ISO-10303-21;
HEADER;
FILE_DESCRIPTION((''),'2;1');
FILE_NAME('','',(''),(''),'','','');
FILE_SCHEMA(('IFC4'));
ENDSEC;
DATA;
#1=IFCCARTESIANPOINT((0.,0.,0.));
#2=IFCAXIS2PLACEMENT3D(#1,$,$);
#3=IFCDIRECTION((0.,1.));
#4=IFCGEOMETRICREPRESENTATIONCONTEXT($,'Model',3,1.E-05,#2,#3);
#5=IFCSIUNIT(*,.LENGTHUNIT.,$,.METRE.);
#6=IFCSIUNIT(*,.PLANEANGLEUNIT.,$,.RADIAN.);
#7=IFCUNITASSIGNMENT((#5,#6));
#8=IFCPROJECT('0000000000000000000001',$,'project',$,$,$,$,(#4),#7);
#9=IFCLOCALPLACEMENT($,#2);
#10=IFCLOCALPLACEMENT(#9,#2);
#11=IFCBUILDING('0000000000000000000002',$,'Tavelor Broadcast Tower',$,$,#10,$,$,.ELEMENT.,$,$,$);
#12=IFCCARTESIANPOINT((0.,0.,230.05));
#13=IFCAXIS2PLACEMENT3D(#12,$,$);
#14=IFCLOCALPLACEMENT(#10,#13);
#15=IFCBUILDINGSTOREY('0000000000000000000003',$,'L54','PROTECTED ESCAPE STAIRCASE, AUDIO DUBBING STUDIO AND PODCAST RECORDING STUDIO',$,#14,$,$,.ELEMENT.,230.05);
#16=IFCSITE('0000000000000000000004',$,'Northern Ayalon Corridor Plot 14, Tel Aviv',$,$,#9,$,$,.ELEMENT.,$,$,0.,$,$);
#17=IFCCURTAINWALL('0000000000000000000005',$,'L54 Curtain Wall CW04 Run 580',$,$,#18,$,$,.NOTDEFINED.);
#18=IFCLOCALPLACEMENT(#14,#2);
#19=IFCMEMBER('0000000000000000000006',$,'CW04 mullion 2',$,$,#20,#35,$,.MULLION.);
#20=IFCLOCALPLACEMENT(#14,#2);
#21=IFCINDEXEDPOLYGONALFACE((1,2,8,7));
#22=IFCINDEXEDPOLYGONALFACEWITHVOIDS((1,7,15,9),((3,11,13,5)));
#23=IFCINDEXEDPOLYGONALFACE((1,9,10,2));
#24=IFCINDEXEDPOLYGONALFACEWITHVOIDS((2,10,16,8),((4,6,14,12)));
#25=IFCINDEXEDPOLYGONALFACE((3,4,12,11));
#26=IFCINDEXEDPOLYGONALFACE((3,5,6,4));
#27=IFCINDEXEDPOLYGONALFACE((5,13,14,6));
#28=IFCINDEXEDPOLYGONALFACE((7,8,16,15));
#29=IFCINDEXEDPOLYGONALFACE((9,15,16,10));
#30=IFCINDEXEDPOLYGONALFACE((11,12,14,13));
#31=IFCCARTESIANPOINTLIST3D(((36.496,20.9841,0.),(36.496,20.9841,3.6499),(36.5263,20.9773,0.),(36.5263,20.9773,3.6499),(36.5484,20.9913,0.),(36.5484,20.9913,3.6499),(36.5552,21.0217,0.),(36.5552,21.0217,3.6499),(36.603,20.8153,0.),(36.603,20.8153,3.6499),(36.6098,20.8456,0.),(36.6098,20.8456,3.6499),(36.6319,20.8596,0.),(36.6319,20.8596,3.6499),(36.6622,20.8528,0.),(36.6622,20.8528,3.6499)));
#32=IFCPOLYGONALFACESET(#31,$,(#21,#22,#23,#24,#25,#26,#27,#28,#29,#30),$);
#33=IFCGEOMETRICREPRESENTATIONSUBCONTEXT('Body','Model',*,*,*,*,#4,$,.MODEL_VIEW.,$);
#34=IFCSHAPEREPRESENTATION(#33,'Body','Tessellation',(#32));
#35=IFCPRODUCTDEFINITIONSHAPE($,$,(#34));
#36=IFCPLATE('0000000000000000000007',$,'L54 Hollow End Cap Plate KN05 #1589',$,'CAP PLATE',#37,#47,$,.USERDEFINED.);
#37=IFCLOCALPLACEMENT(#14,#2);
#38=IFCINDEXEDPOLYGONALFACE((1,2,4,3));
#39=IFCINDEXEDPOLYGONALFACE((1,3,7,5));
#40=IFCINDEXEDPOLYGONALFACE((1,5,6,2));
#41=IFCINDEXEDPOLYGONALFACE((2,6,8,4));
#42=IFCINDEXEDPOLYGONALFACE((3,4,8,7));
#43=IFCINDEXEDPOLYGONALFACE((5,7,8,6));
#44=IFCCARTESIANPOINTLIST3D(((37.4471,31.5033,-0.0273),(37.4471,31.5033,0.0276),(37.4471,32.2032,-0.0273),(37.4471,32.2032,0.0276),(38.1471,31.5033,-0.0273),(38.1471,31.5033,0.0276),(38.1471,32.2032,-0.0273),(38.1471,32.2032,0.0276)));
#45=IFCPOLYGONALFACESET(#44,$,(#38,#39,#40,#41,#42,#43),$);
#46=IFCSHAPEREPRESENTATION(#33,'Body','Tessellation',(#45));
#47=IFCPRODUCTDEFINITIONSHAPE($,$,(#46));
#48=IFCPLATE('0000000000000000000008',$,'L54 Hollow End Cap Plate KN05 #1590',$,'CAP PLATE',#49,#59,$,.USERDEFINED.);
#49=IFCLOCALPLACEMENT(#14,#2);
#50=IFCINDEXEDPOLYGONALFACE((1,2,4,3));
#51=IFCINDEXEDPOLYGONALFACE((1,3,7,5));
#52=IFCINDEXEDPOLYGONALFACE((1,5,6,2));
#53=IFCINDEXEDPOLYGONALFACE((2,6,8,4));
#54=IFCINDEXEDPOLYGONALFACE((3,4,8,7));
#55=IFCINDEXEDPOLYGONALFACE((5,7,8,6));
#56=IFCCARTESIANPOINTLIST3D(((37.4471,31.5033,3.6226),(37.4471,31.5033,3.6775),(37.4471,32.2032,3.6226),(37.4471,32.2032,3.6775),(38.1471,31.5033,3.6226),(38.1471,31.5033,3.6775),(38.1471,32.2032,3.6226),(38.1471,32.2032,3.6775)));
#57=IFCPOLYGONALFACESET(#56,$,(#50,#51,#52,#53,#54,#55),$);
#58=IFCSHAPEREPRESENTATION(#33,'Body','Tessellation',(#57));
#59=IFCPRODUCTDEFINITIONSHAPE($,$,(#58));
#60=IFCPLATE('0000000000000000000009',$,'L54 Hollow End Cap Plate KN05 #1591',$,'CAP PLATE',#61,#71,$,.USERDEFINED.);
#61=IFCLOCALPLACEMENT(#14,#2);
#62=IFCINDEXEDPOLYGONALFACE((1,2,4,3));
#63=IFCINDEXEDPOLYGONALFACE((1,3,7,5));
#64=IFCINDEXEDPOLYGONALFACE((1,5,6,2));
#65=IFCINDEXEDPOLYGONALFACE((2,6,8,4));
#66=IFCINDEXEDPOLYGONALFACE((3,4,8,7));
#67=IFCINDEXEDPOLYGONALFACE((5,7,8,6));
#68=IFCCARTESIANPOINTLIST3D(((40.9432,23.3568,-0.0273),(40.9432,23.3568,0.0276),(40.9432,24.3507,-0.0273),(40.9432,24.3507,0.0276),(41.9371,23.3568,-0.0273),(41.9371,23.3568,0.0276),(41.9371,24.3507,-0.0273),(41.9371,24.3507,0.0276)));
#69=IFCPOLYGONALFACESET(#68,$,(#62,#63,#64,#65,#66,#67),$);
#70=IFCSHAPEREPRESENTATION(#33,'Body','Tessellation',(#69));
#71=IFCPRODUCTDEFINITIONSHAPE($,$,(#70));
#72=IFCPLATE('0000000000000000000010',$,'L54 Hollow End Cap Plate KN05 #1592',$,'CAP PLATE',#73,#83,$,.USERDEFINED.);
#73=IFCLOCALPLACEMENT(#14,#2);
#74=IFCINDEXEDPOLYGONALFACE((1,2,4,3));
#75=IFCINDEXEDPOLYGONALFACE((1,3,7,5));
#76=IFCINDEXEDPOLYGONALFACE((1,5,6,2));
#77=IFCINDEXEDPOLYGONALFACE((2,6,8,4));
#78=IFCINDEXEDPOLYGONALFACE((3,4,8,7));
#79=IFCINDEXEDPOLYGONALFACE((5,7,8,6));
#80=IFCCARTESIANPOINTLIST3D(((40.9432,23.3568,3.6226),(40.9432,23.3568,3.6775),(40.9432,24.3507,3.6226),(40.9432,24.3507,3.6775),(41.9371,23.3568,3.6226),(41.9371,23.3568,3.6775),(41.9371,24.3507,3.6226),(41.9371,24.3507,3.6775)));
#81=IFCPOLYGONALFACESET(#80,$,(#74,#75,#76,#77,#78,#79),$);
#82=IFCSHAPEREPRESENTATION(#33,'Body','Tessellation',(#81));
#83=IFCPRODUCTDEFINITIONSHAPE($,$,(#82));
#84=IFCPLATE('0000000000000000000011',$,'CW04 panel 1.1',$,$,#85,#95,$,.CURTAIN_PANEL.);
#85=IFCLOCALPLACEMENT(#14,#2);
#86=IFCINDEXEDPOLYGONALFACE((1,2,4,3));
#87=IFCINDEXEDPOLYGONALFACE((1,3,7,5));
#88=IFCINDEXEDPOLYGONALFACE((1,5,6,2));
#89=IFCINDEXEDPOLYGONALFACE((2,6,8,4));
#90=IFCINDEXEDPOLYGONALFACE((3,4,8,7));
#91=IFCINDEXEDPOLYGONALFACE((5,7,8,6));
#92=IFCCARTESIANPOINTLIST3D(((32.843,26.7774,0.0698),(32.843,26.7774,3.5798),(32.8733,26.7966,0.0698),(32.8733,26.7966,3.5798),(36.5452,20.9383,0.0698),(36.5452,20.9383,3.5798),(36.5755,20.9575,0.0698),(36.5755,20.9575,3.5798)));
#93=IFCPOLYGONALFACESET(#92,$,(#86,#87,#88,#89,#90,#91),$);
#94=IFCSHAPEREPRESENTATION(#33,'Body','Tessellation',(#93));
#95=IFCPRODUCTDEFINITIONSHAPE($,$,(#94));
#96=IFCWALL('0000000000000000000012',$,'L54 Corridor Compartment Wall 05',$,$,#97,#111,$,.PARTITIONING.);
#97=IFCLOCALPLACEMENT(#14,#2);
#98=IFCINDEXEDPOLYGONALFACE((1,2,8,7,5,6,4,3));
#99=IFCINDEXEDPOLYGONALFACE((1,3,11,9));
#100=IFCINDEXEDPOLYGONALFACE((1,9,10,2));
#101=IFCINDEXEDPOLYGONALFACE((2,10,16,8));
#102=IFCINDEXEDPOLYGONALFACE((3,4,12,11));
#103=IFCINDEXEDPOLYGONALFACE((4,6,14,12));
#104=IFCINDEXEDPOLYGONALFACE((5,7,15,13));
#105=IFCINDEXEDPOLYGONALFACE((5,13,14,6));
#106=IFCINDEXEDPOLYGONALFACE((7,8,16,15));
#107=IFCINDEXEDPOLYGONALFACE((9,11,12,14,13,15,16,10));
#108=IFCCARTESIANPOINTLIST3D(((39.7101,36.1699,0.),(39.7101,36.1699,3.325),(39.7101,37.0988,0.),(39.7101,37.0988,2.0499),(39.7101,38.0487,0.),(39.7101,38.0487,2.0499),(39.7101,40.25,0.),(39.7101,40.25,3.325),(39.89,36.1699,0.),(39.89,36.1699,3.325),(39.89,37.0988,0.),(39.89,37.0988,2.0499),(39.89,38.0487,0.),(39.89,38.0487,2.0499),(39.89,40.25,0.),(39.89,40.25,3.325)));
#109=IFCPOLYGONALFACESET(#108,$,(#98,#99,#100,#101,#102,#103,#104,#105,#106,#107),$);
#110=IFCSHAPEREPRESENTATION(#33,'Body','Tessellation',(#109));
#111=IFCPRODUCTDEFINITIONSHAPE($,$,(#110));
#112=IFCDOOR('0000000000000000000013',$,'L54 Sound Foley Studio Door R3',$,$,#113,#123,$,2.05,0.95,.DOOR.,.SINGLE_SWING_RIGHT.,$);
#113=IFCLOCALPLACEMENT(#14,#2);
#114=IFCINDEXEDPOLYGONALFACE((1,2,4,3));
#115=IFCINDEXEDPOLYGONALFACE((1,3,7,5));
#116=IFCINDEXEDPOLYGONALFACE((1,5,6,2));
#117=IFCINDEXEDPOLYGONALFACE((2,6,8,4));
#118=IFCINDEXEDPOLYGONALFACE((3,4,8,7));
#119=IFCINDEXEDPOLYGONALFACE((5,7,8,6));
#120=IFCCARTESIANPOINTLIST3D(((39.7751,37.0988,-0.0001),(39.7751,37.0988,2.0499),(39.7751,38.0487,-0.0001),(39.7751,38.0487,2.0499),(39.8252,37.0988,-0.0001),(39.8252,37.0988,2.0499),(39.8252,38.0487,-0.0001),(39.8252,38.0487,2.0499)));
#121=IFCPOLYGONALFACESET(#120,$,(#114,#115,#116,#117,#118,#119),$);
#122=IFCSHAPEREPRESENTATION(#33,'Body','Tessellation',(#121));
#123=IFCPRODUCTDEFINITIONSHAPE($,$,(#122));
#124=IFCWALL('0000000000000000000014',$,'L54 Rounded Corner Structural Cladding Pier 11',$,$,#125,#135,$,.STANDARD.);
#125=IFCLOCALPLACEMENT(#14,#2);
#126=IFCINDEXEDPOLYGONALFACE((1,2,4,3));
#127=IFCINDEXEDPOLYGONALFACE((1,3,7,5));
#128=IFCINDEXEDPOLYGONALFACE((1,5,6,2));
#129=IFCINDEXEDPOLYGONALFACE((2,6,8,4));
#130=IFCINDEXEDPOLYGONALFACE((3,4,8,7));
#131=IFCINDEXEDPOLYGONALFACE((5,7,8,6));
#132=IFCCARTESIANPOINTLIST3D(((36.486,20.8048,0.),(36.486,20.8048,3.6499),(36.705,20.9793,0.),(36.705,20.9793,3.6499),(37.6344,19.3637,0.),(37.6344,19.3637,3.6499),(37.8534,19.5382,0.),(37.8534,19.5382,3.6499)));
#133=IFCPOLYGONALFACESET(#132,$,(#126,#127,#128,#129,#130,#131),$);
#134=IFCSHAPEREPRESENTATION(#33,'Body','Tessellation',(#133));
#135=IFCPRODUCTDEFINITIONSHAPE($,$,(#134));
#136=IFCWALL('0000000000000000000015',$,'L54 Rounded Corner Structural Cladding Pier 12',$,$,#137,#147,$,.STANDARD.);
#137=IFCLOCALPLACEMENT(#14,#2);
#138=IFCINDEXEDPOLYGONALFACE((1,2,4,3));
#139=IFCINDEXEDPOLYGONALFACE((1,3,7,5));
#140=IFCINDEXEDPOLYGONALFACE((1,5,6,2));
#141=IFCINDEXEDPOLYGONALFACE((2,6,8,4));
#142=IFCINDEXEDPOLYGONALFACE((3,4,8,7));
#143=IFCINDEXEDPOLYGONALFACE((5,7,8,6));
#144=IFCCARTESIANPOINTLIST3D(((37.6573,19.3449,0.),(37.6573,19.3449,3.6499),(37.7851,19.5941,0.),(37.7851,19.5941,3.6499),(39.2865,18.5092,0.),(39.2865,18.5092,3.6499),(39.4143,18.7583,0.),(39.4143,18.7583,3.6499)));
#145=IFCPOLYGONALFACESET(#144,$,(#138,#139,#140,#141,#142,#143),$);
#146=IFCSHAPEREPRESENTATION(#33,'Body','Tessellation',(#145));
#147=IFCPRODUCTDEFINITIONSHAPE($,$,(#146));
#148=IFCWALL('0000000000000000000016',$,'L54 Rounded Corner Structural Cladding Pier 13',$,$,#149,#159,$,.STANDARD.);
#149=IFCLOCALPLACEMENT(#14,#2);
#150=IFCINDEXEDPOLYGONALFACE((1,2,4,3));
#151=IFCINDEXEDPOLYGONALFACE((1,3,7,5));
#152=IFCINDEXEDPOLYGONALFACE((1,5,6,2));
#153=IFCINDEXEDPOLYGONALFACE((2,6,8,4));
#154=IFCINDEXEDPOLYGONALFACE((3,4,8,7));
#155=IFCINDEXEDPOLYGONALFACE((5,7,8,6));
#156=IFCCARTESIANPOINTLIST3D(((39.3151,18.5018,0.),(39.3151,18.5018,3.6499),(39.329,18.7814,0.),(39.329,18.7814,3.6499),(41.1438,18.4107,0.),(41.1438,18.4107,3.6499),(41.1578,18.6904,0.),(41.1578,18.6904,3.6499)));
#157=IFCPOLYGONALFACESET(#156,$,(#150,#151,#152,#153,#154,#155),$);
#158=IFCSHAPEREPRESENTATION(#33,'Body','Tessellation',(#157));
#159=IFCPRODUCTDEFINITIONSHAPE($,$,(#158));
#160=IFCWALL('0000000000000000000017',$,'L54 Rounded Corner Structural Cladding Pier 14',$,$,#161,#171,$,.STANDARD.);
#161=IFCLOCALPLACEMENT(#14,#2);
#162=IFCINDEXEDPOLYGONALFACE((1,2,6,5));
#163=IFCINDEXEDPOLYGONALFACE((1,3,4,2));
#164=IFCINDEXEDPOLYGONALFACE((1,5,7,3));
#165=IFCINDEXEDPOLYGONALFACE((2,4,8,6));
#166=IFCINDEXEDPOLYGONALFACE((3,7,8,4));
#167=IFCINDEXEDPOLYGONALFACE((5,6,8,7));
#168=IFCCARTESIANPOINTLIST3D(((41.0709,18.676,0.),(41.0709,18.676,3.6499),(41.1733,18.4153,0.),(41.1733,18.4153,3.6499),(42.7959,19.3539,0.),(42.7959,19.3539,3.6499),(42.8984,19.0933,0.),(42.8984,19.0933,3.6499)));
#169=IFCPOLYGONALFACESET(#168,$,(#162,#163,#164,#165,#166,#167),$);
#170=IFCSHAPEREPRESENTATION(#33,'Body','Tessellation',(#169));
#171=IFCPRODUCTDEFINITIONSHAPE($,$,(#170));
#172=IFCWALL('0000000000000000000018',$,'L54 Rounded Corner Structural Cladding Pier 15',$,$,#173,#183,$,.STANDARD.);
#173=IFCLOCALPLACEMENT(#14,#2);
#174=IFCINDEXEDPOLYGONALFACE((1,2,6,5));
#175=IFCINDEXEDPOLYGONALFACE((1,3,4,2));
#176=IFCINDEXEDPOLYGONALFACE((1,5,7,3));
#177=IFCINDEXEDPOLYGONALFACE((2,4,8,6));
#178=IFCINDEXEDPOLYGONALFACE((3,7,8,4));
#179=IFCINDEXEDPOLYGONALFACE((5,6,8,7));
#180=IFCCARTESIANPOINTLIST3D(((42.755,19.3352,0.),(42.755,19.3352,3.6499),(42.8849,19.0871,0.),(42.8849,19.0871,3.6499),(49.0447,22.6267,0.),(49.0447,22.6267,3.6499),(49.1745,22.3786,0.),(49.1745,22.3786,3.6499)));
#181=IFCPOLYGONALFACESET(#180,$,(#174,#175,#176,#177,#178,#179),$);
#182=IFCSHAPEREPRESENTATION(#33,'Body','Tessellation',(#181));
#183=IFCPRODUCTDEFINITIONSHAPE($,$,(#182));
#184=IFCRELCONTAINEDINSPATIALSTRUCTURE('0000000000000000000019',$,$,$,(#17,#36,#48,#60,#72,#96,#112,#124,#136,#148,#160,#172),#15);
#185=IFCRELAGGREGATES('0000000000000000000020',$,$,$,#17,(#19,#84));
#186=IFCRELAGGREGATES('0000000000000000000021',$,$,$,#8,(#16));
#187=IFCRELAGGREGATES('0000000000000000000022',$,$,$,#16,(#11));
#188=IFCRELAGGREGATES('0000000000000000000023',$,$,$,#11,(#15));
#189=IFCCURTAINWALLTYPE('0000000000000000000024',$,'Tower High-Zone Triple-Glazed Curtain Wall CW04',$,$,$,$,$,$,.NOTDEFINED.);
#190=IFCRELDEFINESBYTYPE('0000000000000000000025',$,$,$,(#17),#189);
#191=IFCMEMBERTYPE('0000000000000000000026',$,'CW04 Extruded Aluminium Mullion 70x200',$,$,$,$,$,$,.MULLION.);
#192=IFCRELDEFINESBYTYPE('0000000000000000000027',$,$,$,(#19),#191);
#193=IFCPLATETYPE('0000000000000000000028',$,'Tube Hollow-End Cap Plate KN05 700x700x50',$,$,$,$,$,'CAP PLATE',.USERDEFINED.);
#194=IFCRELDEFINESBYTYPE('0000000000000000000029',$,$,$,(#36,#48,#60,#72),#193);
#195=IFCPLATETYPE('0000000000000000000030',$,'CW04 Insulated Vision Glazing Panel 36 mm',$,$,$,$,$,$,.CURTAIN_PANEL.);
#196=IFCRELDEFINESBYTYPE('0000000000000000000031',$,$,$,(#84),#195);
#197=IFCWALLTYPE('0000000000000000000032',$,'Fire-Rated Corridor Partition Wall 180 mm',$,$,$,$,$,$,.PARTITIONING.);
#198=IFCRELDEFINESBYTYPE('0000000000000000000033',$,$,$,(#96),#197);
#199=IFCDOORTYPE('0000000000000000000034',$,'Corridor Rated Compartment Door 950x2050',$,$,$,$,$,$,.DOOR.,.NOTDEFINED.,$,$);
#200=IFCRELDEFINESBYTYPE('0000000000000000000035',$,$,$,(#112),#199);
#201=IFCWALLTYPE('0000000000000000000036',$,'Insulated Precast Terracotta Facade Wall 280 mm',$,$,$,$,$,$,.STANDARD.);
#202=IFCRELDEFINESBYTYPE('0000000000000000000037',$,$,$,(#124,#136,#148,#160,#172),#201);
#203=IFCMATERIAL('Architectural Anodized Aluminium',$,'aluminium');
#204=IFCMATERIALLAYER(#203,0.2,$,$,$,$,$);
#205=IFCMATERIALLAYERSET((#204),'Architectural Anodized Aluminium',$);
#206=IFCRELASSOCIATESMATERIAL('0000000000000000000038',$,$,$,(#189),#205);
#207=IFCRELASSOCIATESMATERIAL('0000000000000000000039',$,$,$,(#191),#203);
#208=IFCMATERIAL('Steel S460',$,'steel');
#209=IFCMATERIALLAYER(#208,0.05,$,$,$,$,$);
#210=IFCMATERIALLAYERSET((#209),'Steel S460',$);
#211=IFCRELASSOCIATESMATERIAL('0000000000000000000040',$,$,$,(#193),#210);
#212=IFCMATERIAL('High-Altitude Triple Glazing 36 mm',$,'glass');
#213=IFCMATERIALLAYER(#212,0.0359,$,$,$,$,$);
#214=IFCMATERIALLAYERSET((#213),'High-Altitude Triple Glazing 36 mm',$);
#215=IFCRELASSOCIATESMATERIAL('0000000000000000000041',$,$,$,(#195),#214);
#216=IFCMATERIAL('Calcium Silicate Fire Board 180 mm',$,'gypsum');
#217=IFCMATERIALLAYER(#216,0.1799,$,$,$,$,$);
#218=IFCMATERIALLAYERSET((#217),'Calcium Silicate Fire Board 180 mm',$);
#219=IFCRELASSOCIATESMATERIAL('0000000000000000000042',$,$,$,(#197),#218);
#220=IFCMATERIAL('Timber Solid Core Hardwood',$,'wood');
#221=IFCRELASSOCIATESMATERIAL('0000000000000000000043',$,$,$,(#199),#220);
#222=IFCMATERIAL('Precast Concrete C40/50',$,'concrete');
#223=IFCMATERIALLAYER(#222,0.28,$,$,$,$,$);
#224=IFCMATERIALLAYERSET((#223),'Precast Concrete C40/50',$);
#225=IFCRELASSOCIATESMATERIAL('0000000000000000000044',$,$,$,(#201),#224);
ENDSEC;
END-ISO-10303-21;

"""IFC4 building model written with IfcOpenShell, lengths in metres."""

from ifc_helpers import new_model, si_unit, direction, frame, frame_2d, origin, origin_2d, place, context, subcontext, project, spatial, rectangle, hollow_rectangle, extrude, source, transform, mapped, material, layer, layer_set, material_profile, profile_set, type_object, type_shapes, element, fill, aggregate, save


model = new_model("IFC4")

# Units and contexts
model_context = context("Model", 3, precision=1e-05, world=origin(), true_north=direction((0.0, 1.0)))
body_context = subcontext(model_context, "Body", "Model", "MODEL_VIEW")
ifc_project = project(units=[si_unit("LENGTHUNIT", "METRE"), si_unit("PLANEANGLEUNIT", "RADIAN")], contexts=[model_context])

# Site, building, storey
site_placement = place(None, origin())
site = spatial("IfcSite", under=ifc_project, at=site_placement, Name="Northern Ayalon Corridor Plot 14, Tel Aviv", CompositionType="ELEMENT", RefElevation=0.0)
building_placement = place(site_placement, origin())
building = spatial("IfcBuilding", under=site, at=building_placement, Name="Tavelor Broadcast Tower", CompositionType="ELEMENT")
storey_placement = place(building_placement, frame((0.0, 0.0, 230.05)))
storey = spatial("IfcBuildingStorey", under=building, at=storey_placement, Name="L54", Description="PROTECTED ESCAPE STAIRCASE, AUDIO DUBBING STUDIO AND PODCAST RECORDING STUDIO", CompositionType="ELEMENT", Elevation=230.05)

# Shared definitions
ifc_material_1 = material(Name="Steel S460", Category="steel")

# Curtain wall, member
ifc_material_2 = material(Name="Architectural Anodized Aluminium", Category="aluminium")
ifc_layer_1 = layer(ifc_material_2, 0.2)
ifc_layer_set_1 = layer_set([ifc_layer_1], Name="Architectural Anodized Aluminium")
curtain_wall_type = type_object("IfcCurtainWallType", Name="Tower High-Zone Triple-Glazed Curtain Wall CW04", PredefinedType="NOTDEFINED", material=ifc_layer_set_1)
curtain_wall_placement = place(storey_placement, origin())
curtain_wall = element("IfcCurtainWall", 1, at=curtain_wall_placement, inside=storey, type_object=curtain_wall_type, Name="L54 Curtain Wall CW04 Run 580", PredefinedType="NOTDEFINED")
ifc_material_profile_1 = material_profile(ifc_material_2, hollow_rectangle(XDim=0.0701, YDim=0.2, WallThickness=0.022, at=origin_2d()), Name="RHS 70x200x22")
ifc_profile_set_1 = profile_set([ifc_material_profile_1], Name="Architectural Anodized Aluminium")
member_type = type_object("IfcMemberType", Name="CW04 Extruded Aluminium Mullion 70x200", PredefinedType="MULLION", material=ifc_profile_set_1)
shared_shape_1 = source(origin(), body_context, "Body", "SweptSolid", [
    extrude(hollow_rectangle(XDim=0.0701, YDim=0.2, WallThickness=0.022, at=origin_2d()), origin(), (0.0, 0.0, 1.0), 3.6499),
])
type_shapes(member_type, [shared_shape_1])
member_placement = place(storey_placement, frame((36.5791, 20.9185, 0.0), z_axis=(0.0, 0.0, 1.0), x_axis=(0.844551, 0.535475, 0.0)))
member = element("IfcMember", 2, at=member_placement, type_object=member_type, Name="CW04 mullion 2", PredefinedType="MULLION", context=body_context, shape_type="MappedRepresentation", body=[
    mapped(shared_shape_1, transform((0.0, 0.0, 0.0), scale=1.0)),
])

# Plates
ifc_layer_2 = layer(ifc_material_1, 0.05)
ifc_layer_set_2 = layer_set([ifc_layer_2], Name="Steel S460")
plate_type_1 = type_object("IfcPlateType", Name="Tube Hollow-End Cap Plate KN05 700x700x50", ElementType="CAP PLATE", PredefinedType="USERDEFINED", material=ifc_layer_set_2)
shared_shape_2 = source(origin(), body_context, "Body", "SweptSolid", [
    extrude(rectangle(XDim=0.7, YDim=0.7, at=origin_2d()), origin(), (0.0, 0.0, 1.0), 0.0549),
])
for number, where, z_axis, x_axis, name in (
    (3, (37.7971, 31.8533, -0.0273), (0.0, 0.0, 1.0), (1.0, 0.0, 0.0), "L54 Hollow End Cap Plate KN05 #1589"),
    (4, (37.7971, 31.8533, 3.6226), (0.0, 0.0, 1.0), (1.0, 0.0, 0.0), "L54 Hollow End Cap Plate KN05 #1590"),
):
    element("IfcPlate", number, at=place(storey_placement, frame(where, z_axis=z_axis, x_axis=x_axis)), inside=storey, type_object=plate_type_1, Name=name, ObjectType="CAP PLATE", PredefinedType="USERDEFINED", context=body_context, shape_type="MappedRepresentation", body=[
        mapped(shared_shape_2, transform((0.0, 0.0, 0.0), scale=1.0)),
    ])
shared_shape_3 = source(origin(), body_context, "Body", "SweptSolid", [
    extrude(rectangle(XDim=0.9939, YDim=0.9939, at=origin_2d()), origin(), (0.0, 0.0, 1.0), 0.0549),
])
type_shapes(plate_type_1, [shared_shape_2, shared_shape_3])
for number, where, z_axis, x_axis, name in (
    (5, (41.4402, 23.8538, -0.0273), (0.0, 0.0, 1.0), (1.0, 0.0, 0.0), "L54 Hollow End Cap Plate KN05 #1591"),
    (6, (41.4402, 23.8538, 3.6226), (0.0, 0.0, 1.0), (1.0, 0.0, 0.0), "L54 Hollow End Cap Plate KN05 #1592"),
):
    element("IfcPlate", number, at=place(storey_placement, frame(where, z_axis=z_axis, x_axis=x_axis)), inside=storey, type_object=plate_type_1, Name=name, ObjectType="CAP PLATE", PredefinedType="USERDEFINED", context=body_context, shape_type="MappedRepresentation", body=[
        mapped(shared_shape_3, transform((0.0, 0.0, 0.0), scale=1.0)),
    ])

# Plate
ifc_material_3 = material(Name="High-Altitude Triple Glazing 36 mm", Category="glass")
ifc_layer_3 = layer(ifc_material_3, 0.0359)
ifc_layer_set_3 = layer_set([ifc_layer_3], Name="High-Altitude Triple Glazing 36 mm")
plate_type_2 = type_object("IfcPlateType", Name="CW04 Insulated Vision Glazing Panel 36 mm", PredefinedType="CURTAIN_PANEL", material=ifc_layer_set_3)
shared_shape_4 = source(origin(), body_context, "Body", "SweptSolid", [
    extrude(rectangle(XDim=6.9138, YDim=0.0359, at=origin_2d()), origin(), (0.0, 0.0, 1.0), 3.51),
])
type_shapes(plate_type_2, [shared_shape_4])
plate_placement = place(storey_placement, frame((34.7092, 23.8674, 0.0698), z_axis=(0.0, 0.0, 1.0), x_axis=(0.535475, -0.844551, 0.0)))
plate = element("IfcPlate", 7, at=plate_placement, type_object=plate_type_2, Name="CW04 panel 1.1", PredefinedType="CURTAIN_PANEL", context=body_context, shape_type="MappedRepresentation", body=[
    mapped(shared_shape_4, transform((0.0, 0.0, 0.0), scale=1.0)),
])
aggregate(curtain_wall, [member, plate])

# Wall, opening, door
ifc_material_4 = material(Name="Calcium Silicate Fire Board 180 mm", Category="gypsum")
ifc_layer_4 = layer(ifc_material_4, 0.1799)
ifc_layer_set_4 = layer_set([ifc_layer_4], Name="Calcium Silicate Fire Board 180 mm")
wall_type_1 = type_object("IfcWallType", Name="Fire-Rated Corridor Partition Wall 180 mm", PredefinedType="PARTITIONING", material=ifc_layer_set_4)
wall_1_placement = place(storey_placement, frame((39.8, 36.1699, 0.0), z_axis=(0.0, 0.0, 1.0), x_axis=(0.0, 1.0, 0.0)))
wall_1 = element("IfcWall", 8, at=wall_1_placement, inside=storey, type_object=wall_type_1, Name="L54 Corridor Compartment Wall 05", PredefinedType="PARTITIONING", context=body_context, shape_type="SweptSolid", body=[
    extrude(rectangle(XDim=4.0801, YDim=0.1799, at=frame_2d((2.04, 0.0))), origin(), (0.0, 0.0, 1.0), 3.325),
])
opening_placement = place(wall_1_placement, frame((0.9287, 0.0, 0.0)))
opening = element("IfcOpeningElement", 9, at=opening_placement, cuts=wall_1, PredefinedType="OPENING", context=body_context, shape_type="SweptSolid", body=[
    extrude(rectangle(XDim=0.95, YDim=2.05, at=frame_2d((0.4751, 1.0249))), frame((0.0, 0.1001, 0.0), z_axis=(0.0, -1.0, 0.0), x_axis=(1.0, 0.0, 0.0)), (0.0, 0.0, 1.0), 0.2),
])
ifc_material_5 = material(Name="Timber Solid Core Hardwood", Category="wood")
door_type = type_object("IfcDoorType", Name="Corridor Rated Compartment Door 950x2050", OperationType="NOTDEFINED", PredefinedType="DOOR", material=ifc_material_5)
door_placement = place(opening_placement, origin())
door = element("IfcDoor", 10, at=door_placement, inside=storey, type_object=door_type, Name="L54 Sound Foley Studio Door R3", OperationType="SINGLE_SWING_RIGHT", OverallHeight=2.05, OverallWidth=0.95, PredefinedType="DOOR", context=body_context, shape_type="SweptSolid", body=[
    extrude(rectangle(XDim=0.95, YDim=2.05, at=frame_2d((0.4751, 1.0249))), frame((0.0, 0.0249, 0.0), z_axis=(0.0, -1.0, 0.0), x_axis=(1.0, 0.0, 0.0)), (0.0, 0.0, 1.0), 0.05),
])
fill(opening, door)

# Walls
ifc_material_6 = material(Name="Precast Concrete C40/50", Category="concrete")
ifc_layer_5 = layer(ifc_material_6, 0.28)
ifc_layer_set_5 = layer_set([ifc_layer_5], Name="Precast Concrete C40/50")
wall_type_2 = type_object("IfcWallType", Name="Insulated Precast Terracotta Facade Wall 280 mm", PredefinedType="STANDARD", material=ifc_layer_set_5)
wall_2_placement = place(storey_placement, frame((36.5955, 20.8921, 0.0), z_axis=(0.0, 0.0, 1.0), x_axis=(0.623208, -0.782057, 0.0)))
element("IfcWall", 11, at=wall_2_placement, inside=storey, type_object=wall_type_2, Name="L54 Rounded Corner Structural Cladding Pier 11", PredefinedType="STANDARD", context=body_context, shape_type="SweptSolid", body=[
    extrude(rectangle(XDim=1.8428, YDim=0.28, at=frame_2d((0.9214, 0.0))), origin(), (0.0, 0.0, 1.0), 3.6499),
])
for number, where, z_axis, x_axis, name in (
    (12, (37.7212, 19.4695, 0.0), (0.0, 0.0, 1.0), (0.889766, -0.456417, 0.0), "L54 Rounded Corner Structural Cladding Pier 12"),
    (13, (39.322, 18.6416, 0.0), (0.0, 0.0, 1.0), (0.998763, -0.049731, 0.0), "L54 Rounded Corner Structural Cladding Pier 13"),
):
    element("IfcWall", number, at=place(storey_placement, frame(where, z_axis=z_axis, x_axis=x_axis)), inside=storey, type_object=wall_type_2, Name=name, PredefinedType="STANDARD", context=body_context, shape_type="SweptSolid", body=[
        extrude(rectangle(XDim=1.8311, YDim=0.28, at=frame_2d((0.9155, 0.0))), origin(), (0.0, 0.0, 1.0), 3.6499),
    ])
wall_3_placement = place(storey_placement, frame((41.1221, 18.5457, 0.0), z_axis=(0.0, 0.0, 1.0), x_axis=(0.930703, 0.365775, 0.0)))
element("IfcWall", 14, at=wall_3_placement, inside=storey, type_object=wall_type_2, Name="L54 Rounded Corner Structural Cladding Pier 14", PredefinedType="STANDARD", context=body_context, shape_type="SweptSolid", body=[
    extrude(rectangle(XDim=1.8535, YDim=0.28, at=frame_2d((0.9268, 0.0))), origin(), (0.0, 0.0, 1.0), 3.6499),
])
wall_4_placement = place(storey_placement, frame((42.8201, 19.2112, 0.0), z_axis=(0.0, 0.0, 1.0), x_axis=(0.886006, 0.463673, 0.0)))
element("IfcWall", 15, at=wall_4_placement, inside=storey, type_object=wall_type_2, Name="L54 Rounded Corner Structural Cladding Pier 15", PredefinedType="STANDARD", context=body_context, shape_type="SweptSolid", body=[
    extrude(rectangle(XDim=7.0989, YDim=0.28, at=frame_2d((3.5493, 0.0))), origin(), (0.0, 0.0, 1.0), 3.6499),
])

save(model, "model.ifc")
